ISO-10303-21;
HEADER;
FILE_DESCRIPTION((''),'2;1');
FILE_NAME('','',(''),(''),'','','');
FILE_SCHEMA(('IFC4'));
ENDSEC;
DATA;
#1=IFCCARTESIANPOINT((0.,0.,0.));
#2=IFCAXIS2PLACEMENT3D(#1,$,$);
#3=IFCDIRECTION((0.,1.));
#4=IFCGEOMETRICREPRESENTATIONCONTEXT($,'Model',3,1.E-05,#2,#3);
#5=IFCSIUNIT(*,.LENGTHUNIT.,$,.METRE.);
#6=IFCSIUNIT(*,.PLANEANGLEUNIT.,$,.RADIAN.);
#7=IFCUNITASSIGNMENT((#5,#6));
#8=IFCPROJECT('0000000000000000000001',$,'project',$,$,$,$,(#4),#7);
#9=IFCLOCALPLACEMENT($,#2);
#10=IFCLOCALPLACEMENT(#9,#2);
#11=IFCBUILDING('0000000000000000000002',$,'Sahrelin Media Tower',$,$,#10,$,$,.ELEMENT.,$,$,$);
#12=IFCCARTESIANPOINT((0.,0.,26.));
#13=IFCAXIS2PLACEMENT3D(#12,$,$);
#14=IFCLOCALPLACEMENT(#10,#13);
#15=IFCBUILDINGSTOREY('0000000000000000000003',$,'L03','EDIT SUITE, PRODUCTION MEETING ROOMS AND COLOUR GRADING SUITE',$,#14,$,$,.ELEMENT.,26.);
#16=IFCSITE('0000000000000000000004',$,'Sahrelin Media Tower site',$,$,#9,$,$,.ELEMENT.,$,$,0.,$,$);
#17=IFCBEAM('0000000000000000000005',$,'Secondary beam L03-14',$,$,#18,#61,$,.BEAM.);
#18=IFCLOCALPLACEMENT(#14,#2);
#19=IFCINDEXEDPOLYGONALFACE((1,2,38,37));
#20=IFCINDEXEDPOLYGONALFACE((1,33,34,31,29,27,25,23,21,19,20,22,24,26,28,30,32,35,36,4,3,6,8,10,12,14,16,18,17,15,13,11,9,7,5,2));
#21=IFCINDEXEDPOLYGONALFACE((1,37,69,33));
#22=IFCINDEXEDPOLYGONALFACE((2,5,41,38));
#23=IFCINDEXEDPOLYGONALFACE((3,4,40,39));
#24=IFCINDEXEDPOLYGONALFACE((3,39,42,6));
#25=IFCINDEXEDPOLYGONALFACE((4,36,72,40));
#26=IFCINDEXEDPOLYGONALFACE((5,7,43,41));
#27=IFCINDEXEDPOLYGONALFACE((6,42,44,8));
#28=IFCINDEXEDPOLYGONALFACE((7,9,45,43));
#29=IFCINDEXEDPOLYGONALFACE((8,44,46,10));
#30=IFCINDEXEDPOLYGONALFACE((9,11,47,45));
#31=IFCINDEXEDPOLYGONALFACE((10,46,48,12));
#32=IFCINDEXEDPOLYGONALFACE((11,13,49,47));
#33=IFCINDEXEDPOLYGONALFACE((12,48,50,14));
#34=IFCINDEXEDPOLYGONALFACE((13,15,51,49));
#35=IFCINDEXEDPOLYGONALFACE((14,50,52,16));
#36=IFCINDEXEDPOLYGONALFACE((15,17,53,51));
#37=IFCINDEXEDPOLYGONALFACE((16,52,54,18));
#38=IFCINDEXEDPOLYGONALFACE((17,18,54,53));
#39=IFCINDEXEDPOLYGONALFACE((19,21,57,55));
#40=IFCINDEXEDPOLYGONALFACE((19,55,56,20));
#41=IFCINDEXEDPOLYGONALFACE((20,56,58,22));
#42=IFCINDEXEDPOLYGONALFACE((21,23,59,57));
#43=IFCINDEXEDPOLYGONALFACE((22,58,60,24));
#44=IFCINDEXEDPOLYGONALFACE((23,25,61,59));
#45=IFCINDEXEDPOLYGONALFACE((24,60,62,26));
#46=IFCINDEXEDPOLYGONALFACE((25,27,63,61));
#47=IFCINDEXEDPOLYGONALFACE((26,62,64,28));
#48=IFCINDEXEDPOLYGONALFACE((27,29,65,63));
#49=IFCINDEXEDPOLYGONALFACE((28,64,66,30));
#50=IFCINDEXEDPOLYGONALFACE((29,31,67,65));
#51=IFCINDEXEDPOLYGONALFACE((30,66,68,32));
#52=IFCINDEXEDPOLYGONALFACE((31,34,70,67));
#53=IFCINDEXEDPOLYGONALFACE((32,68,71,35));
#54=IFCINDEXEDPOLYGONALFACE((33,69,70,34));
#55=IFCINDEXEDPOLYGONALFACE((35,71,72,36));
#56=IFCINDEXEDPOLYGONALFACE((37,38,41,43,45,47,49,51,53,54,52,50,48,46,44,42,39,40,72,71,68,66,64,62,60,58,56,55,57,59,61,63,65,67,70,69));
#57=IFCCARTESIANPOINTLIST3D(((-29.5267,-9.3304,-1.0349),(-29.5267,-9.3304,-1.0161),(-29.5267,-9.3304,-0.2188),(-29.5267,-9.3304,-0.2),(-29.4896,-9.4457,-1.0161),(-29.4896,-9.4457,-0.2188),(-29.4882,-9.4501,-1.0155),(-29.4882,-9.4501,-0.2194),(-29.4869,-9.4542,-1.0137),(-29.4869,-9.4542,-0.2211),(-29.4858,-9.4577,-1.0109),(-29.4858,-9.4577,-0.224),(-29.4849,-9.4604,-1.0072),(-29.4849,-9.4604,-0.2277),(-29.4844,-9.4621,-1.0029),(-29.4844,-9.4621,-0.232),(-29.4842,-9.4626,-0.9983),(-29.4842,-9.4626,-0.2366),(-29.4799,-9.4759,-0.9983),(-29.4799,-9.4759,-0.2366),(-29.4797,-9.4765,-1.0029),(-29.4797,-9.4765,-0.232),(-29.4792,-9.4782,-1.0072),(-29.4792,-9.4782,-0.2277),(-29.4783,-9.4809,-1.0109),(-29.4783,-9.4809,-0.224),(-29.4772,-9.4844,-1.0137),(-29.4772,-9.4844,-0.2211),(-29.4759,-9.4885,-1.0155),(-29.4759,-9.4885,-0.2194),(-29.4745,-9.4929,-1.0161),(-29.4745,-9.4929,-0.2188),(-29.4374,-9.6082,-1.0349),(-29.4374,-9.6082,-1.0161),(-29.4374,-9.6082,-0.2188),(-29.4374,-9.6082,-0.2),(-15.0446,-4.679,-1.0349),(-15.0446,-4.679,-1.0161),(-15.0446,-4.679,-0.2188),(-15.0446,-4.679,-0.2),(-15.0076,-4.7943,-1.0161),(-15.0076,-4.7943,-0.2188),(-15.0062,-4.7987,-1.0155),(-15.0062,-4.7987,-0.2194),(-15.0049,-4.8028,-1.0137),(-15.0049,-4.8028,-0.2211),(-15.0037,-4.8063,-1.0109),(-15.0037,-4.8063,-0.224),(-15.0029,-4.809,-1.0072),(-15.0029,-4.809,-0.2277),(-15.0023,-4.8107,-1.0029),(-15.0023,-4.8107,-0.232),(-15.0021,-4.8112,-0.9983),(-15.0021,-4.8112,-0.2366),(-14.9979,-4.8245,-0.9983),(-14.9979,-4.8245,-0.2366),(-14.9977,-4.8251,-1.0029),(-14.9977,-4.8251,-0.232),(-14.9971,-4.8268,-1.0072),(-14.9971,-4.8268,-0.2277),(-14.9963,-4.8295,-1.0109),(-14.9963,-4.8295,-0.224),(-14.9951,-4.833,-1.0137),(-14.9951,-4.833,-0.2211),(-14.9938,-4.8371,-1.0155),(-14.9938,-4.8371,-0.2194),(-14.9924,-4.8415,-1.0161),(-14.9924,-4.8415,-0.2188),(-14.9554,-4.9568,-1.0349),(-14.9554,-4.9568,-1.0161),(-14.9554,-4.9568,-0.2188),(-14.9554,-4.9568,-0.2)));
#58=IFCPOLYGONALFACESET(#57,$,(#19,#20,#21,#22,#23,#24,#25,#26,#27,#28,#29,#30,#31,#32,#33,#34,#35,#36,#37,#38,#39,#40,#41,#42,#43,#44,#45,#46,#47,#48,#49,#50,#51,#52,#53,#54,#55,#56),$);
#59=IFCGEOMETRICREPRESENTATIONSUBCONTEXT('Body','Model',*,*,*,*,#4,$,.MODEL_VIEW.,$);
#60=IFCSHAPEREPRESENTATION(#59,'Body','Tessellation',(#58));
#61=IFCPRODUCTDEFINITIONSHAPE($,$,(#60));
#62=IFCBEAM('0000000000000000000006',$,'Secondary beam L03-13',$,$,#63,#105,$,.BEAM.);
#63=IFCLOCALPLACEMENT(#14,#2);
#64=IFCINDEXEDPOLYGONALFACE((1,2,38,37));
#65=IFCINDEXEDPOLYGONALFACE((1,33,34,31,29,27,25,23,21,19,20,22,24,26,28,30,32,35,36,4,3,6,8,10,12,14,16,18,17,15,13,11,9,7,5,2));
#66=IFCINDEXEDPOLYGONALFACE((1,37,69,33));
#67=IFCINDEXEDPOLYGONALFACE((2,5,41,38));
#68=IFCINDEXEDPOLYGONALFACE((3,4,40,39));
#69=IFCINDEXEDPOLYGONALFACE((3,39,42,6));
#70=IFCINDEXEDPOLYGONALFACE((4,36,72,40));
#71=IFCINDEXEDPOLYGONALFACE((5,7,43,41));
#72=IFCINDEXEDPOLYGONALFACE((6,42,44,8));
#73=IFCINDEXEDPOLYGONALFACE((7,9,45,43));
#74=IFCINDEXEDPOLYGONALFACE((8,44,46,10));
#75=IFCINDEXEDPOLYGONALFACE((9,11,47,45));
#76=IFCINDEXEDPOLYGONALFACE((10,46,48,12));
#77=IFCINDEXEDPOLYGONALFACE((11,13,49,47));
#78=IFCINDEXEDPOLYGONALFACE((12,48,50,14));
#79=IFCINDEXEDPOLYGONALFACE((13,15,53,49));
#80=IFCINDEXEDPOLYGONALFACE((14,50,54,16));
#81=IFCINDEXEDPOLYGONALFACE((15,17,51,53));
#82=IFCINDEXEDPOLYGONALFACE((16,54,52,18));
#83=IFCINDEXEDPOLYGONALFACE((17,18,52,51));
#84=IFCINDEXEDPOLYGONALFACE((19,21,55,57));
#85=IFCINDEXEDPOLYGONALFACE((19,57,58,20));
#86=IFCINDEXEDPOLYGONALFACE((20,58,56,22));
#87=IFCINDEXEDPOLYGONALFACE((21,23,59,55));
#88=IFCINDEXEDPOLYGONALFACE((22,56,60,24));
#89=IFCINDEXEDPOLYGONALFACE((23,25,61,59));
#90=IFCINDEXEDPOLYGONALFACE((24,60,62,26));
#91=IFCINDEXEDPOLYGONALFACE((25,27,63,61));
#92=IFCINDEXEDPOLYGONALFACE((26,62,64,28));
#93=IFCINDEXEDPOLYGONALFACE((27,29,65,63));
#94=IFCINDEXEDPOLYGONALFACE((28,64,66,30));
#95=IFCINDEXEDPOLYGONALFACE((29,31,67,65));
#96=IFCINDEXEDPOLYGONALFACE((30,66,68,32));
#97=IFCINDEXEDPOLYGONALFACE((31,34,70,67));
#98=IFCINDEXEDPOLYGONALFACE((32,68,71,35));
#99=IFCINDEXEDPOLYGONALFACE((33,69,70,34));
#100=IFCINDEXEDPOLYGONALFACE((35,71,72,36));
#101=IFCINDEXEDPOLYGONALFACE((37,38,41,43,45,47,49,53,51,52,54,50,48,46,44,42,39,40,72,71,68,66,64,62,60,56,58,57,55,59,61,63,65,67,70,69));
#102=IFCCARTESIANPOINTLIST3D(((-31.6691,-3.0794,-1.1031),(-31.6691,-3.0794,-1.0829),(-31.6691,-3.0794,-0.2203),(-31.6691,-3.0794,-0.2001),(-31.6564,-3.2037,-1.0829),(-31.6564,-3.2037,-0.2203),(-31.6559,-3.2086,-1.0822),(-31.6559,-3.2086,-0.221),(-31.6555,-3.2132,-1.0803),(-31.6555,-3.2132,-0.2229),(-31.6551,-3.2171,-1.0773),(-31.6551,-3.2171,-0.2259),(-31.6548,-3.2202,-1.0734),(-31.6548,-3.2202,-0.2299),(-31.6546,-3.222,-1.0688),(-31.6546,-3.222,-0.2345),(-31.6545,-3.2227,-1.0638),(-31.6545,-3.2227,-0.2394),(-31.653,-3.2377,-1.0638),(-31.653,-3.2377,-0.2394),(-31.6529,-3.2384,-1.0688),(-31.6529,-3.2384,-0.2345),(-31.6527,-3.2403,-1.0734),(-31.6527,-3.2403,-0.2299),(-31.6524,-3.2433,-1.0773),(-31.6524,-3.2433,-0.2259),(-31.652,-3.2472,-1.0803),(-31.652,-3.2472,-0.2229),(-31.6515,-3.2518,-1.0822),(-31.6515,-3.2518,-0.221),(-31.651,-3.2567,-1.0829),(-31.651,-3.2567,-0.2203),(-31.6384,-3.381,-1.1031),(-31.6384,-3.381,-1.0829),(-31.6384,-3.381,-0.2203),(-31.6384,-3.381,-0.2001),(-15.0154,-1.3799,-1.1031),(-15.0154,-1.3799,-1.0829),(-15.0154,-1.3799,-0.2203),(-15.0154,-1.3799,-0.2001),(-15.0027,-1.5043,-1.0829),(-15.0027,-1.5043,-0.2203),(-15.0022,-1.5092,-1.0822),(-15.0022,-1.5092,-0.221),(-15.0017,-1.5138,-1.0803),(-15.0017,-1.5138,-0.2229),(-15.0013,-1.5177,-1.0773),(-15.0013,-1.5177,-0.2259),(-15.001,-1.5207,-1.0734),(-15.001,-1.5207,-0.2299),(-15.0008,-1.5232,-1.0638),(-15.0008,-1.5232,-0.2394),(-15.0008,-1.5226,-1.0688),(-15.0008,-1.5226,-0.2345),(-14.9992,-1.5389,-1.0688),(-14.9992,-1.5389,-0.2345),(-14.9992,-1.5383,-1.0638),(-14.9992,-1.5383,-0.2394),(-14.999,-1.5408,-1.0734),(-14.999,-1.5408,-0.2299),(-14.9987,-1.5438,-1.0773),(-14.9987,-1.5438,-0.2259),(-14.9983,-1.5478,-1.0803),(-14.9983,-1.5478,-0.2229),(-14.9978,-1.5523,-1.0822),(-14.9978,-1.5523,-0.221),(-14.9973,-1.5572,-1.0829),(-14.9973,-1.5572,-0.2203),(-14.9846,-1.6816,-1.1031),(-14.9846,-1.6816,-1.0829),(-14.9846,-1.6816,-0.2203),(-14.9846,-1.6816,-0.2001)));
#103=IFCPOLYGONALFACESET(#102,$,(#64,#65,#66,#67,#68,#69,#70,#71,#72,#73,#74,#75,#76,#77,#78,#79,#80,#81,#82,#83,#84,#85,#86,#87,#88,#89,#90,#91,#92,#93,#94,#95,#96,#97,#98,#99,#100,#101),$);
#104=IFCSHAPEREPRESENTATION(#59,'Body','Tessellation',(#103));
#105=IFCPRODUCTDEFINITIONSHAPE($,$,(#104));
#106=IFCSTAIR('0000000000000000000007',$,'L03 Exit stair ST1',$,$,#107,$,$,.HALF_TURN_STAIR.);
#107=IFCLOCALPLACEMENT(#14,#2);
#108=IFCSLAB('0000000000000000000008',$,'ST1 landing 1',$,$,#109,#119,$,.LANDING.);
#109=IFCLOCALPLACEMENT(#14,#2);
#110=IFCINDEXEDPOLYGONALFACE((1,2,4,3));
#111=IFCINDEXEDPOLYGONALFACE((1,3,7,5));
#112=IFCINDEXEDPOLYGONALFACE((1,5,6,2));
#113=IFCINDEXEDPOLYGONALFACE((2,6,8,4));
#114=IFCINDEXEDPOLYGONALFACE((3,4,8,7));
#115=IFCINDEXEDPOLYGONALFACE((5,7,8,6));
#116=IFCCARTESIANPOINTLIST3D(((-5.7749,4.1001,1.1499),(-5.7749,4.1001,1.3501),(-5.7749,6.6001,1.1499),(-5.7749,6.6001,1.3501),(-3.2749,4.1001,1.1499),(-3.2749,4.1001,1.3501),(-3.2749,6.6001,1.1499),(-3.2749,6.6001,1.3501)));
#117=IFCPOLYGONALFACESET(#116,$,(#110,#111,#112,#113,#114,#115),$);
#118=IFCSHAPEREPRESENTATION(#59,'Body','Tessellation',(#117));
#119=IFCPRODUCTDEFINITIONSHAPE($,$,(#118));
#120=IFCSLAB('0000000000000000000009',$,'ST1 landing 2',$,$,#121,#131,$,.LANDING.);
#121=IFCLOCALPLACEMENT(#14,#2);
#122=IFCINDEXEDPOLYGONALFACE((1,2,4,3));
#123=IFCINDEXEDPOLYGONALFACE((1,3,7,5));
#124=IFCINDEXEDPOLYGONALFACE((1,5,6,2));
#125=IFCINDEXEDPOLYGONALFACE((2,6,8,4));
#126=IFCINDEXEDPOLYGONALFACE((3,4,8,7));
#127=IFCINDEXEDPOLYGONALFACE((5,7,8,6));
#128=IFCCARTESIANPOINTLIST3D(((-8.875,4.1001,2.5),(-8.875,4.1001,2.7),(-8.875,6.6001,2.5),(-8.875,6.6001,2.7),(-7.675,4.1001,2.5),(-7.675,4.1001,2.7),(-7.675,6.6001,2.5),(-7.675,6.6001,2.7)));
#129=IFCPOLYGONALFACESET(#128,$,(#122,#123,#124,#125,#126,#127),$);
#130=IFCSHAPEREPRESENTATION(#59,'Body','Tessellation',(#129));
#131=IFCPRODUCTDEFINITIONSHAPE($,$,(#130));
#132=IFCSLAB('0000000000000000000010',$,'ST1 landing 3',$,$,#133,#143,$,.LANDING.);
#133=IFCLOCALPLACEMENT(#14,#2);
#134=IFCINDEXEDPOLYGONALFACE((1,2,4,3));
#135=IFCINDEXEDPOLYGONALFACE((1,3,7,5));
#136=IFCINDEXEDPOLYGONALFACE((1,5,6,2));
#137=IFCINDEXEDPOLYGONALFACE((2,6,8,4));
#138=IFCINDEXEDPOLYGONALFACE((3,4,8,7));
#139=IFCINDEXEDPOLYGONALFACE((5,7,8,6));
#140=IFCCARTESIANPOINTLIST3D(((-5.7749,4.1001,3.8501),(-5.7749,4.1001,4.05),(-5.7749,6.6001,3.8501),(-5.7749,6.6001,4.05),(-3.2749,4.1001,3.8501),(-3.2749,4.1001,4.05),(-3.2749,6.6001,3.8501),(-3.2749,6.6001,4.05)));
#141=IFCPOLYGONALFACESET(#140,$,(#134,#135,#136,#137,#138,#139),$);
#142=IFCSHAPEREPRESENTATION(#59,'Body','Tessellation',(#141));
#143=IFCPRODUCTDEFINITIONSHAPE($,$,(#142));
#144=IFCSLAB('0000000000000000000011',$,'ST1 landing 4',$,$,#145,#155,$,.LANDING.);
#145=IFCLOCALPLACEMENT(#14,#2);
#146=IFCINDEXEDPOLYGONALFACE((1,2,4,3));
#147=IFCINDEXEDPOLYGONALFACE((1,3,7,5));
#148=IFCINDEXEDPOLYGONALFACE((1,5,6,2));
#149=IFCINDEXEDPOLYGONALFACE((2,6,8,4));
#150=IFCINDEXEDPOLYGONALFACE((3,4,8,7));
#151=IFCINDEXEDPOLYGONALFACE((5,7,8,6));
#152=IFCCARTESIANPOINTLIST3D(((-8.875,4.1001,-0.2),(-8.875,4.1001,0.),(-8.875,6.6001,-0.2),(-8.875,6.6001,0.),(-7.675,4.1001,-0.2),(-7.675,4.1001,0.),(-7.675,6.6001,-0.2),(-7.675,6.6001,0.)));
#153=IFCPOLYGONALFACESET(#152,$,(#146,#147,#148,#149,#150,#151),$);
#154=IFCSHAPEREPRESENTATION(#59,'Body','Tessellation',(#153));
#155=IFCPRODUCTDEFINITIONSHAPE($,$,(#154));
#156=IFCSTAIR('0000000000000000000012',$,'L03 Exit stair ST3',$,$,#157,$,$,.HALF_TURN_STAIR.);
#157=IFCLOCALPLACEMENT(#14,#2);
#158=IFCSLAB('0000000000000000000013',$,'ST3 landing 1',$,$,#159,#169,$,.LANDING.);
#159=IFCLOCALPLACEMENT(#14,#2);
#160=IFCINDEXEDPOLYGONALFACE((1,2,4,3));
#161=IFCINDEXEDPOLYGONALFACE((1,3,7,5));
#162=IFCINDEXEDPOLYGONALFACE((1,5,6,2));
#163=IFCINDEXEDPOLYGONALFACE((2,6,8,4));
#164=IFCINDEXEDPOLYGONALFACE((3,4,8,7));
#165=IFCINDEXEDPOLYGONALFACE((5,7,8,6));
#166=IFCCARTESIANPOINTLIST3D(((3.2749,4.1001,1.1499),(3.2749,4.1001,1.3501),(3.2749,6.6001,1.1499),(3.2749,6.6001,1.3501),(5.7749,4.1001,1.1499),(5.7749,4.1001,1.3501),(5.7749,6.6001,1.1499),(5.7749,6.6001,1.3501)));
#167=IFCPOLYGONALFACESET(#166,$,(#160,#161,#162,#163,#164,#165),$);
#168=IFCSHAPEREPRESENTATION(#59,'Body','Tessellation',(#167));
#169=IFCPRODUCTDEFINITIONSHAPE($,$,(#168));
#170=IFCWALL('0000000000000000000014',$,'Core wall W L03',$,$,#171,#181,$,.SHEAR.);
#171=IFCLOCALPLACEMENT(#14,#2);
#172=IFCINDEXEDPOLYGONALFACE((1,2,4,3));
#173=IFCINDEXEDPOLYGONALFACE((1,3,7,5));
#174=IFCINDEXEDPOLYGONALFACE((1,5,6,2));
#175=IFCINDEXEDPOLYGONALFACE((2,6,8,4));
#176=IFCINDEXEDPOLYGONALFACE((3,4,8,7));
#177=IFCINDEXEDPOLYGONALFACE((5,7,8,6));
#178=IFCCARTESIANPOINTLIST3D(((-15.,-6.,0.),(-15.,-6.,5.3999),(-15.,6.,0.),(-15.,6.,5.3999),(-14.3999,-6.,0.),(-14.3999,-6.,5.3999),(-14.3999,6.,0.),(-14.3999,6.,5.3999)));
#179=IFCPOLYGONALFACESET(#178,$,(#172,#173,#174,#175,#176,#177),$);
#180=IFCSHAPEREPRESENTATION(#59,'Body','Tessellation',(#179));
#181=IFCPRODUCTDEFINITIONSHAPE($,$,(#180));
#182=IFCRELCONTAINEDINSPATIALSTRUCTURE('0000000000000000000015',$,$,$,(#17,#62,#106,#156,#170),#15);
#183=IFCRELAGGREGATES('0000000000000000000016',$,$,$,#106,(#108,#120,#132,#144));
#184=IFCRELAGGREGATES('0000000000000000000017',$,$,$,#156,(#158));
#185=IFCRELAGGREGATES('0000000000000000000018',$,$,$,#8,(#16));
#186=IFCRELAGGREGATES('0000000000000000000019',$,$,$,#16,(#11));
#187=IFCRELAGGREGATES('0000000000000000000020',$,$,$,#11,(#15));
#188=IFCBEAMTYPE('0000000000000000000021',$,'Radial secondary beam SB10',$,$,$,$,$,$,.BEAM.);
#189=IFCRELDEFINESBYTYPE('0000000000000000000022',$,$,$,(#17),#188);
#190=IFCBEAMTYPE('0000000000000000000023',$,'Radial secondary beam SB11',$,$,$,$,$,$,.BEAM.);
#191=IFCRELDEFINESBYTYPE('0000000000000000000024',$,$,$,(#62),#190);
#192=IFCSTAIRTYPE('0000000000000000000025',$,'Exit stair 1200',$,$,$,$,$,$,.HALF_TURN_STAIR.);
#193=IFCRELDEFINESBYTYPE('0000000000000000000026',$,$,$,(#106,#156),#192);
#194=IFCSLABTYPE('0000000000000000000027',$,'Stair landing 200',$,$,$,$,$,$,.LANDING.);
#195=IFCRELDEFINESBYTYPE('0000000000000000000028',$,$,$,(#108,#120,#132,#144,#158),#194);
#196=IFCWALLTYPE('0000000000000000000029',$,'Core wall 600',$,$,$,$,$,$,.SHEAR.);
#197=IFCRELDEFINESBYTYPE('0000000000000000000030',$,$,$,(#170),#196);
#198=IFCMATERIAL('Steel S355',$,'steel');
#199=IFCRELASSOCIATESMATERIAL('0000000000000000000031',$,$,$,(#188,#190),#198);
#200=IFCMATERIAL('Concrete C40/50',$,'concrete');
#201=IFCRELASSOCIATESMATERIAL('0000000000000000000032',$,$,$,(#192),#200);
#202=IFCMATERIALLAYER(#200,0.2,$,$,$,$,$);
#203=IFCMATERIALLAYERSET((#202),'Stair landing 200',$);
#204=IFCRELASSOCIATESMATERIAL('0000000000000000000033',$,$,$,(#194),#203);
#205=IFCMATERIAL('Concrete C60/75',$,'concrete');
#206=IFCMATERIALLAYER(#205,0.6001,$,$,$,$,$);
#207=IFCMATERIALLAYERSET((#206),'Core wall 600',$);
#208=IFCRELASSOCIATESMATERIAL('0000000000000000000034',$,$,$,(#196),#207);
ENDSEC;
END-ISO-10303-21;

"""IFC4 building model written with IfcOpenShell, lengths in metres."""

from ifc_helpers import new_model, si_unit, direction, frame, frame_2d, origin, origin_2d, place, context, subcontext, project, spatial, polyline, rectangle, i_section, outline, extrude, material, layer, layer_set, material_profile, profile_set, type_object, element, aggregate, save


model = new_model("IFC4")

# Units and contexts
model_context = context("Model", 3, precision=1e-05, world=origin(), true_north=direction((0.0, 1.0)))
body_context = subcontext(model_context, "Body", "Model", "MODEL_VIEW")
ifc_project = project(units=[si_unit("LENGTHUNIT", "METRE"), si_unit("PLANEANGLEUNIT", "RADIAN")], contexts=[model_context])

# Site, building, storey
site_placement = place(None, origin())
site = spatial("IfcSite", under=ifc_project, at=site_placement, Name="Sahrelin Media Tower site", CompositionType="ELEMENT", RefElevation=0.0)
building_placement = place(site_placement, origin())
building = spatial("IfcBuilding", under=site, at=building_placement, Name="Sahrelin Media Tower", CompositionType="ELEMENT")
storey_placement = place(building_placement, frame((0.0, 0.0, 26.0)))
storey = spatial("IfcBuildingStorey", under=building, at=storey_placement, Name="L03", Description="EDIT SUITE, PRODUCTION MEETING ROOMS AND COLOUR GRADING SUITE", CompositionType="ELEMENT", Elevation=26.0)

# Beams
ifc_material_1 = material(Name="Steel S355", Category="steel")
ifc_material_profile_1 = material_profile(ifc_material_1, i_section(OverallWidth=0.2917, OverallDepth=0.835, WebThickness=0.0139, FlangeThickness=0.0188, FilletRadius=0.0178, at=origin_2d()), Name="UB 838x292x176")
ifc_profile_set_1 = profile_set([ifc_material_profile_1], Name="Steel S355")
beam_type_1 = type_object("IfcBeamType", Name="Radial secondary beam SB10", PredefinedType="BEAM", material=ifc_profile_set_1)
beam_1_placement = place(storey_placement, frame((-15.0, -4.8179, -0.6174), z_axis=(-0.952096, -0.305798, 0.0), x_axis=(0.305798, -0.952096, 0.0)))
element("IfcBeam", 1, at=beam_1_placement, inside=storey, type_object=beam_type_1, Name="Secondary beam L03-14", PredefinedType="BEAM", context=body_context, shape_type="SweptSolid", body=[
    extrude(i_section(OverallWidth=0.2917, OverallDepth=0.835, WebThickness=0.0139, FlangeThickness=0.0188, FilletRadius=0.0178, at=origin_2d()), origin(), (0.0, 0.0, 1.0), 15.2107),
])
ifc_material_profile_2 = material_profile(ifc_material_1, i_section(OverallWidth=0.3032, OverallDepth=0.9031, WebThickness=0.0151, FlangeThickness=0.0203, FilletRadius=0.019, at=origin_2d()), Name="UB 914x305x201")
ifc_profile_set_2 = profile_set([ifc_material_profile_2], Name="Steel S355")
beam_type_2 = type_object("IfcBeamType", Name="Radial secondary beam SB11", PredefinedType="BEAM", material=ifc_profile_set_2)
beam_2_placement = place(storey_placement, frame((-15.0, -1.5308, -0.6516), z_axis=(-0.994834, -0.101519, 0.0), x_axis=(0.101519, -0.994834, 0.0)))
element("IfcBeam", 2, at=beam_2_placement, inside=storey, type_object=beam_type_2, Name="Secondary beam L03-13", PredefinedType="BEAM", context=body_context, shape_type="SweptSolid", body=[
    extrude(i_section(OverallWidth=0.3032, OverallDepth=0.9031, WebThickness=0.0151, FlangeThickness=0.0203, FilletRadius=0.019, at=origin_2d()), origin(), (0.0, 0.0, 1.0), 16.7402),
])

# Shared definitions
ifc_material_2 = material(Name="Concrete C40/50", Category="concrete")
placement_1 = place(storey_placement, frame((0.0, 0.0, -0.2)))

# Stair, slabs
stair_type = type_object("IfcStairType", Name="Exit stair 1200", PredefinedType="HALF_TURN_STAIR", material=ifc_material_2)
placement_2 = place(storey_placement, origin())
stair_1 = element("IfcStair", 3, at=placement_2, inside=storey, type_object=stair_type, Name="L03 Exit stair ST1", PredefinedType="HALF_TURN_STAIR")
ifc_layer_1 = layer(ifc_material_2, 0.2)
ifc_layer_set_1 = layer_set([ifc_layer_1], Name="Stair landing 200")
slab_type_1 = type_object("IfcSlabType", Name="Stair landing 200", PredefinedType="LANDING", material=ifc_layer_set_1)
placement_3 = place(storey_placement, frame((0.0, 0.0, 1.1499)))
slab_1 = element("IfcSlab", 4, at=placement_3, type_object=slab_type_1, Name="ST1 landing 1", PredefinedType="LANDING", context=body_context, shape_type="SweptSolid", body=[
    extrude(outline(polyline([(-5.7749, 4.1001), (-3.2749, 4.1001), (-3.2749, 6.6001), (-5.7749, 6.6001), (-5.7749, 4.1001)])), origin(), (0.0, 0.0, 1.0), 0.2002),
])
slab_2_placement = place(storey_placement, frame((0.0, 0.0, 2.5)))
slab_2 = element("IfcSlab", 5, at=slab_2_placement, type_object=slab_type_1, Name="ST1 landing 2", PredefinedType="LANDING", context=body_context, shape_type="SweptSolid", body=[
    extrude(outline(polyline([(-8.875, 4.1001), (-7.675, 4.1001), (-7.675, 6.6001), (-8.875, 6.6001), (-8.875, 4.1001)])), origin(), (0.0, 0.0, 1.0), 0.2),
])
slab_3_placement = place(storey_placement, frame((0.0, 0.0, 3.8501)))
slab_3 = element("IfcSlab", 6, at=slab_3_placement, type_object=slab_type_1, Name="ST1 landing 3", PredefinedType="LANDING", context=body_context, shape_type="SweptSolid", body=[
    extrude(outline(polyline([(-5.7749, 4.1001), (-3.2749, 4.1001), (-3.2749, 6.6001), (-5.7749, 6.6001), (-5.7749, 4.1001)])), origin(), (0.0, 0.0, 1.0), 0.2),
])
slab_4 = element("IfcSlab", 7, at=placement_1, type_object=slab_type_1, Name="ST1 landing 4", PredefinedType="LANDING", context=body_context, shape_type="SweptSolid", body=[
    extrude(outline(polyline([(-8.875, 4.1001), (-7.675, 4.1001), (-7.675, 6.6001), (-8.875, 6.6001), (-8.875, 4.1001)])), origin(), (0.0, 0.0, 1.0), 0.2),
])
aggregate(stair_1, [slab_1, slab_2, slab_3, slab_4])

# Stair, slab
stair_2 = element("IfcStair", 8, at=placement_2, inside=storey, type_object=stair_type, Name="L03 Exit stair ST3", PredefinedType="HALF_TURN_STAIR")
slab_5 = element("IfcSlab", 9, at=placement_3, type_object=slab_type_1, Name="ST3 landing 1", PredefinedType="LANDING", context=body_context, shape_type="SweptSolid", body=[
    extrude(outline(polyline([(5.7749, 6.6001), (3.2749, 6.6001), (3.2749, 4.1001), (5.7749, 4.1001), (5.7749, 6.6001)])), origin(), (0.0, 0.0, 1.0), 0.2002),
])
aggregate(stair_2, [slab_5])

# Wall
ifc_material_3 = material(Name="Concrete C60/75", Category="concrete")
ifc_layer_2 = layer(ifc_material_3, 0.6001)
ifc_layer_set_2 = layer_set([ifc_layer_2], Name="Core wall 600")
wall_type_1 = type_object("IfcWallType", Name="Core wall 600", PredefinedType="SHEAR", material=ifc_layer_set_2)
wall_1_placement = place(storey_placement, frame((-14.7, -6.0, 0.0), z_axis=(0.0, 0.0, 1.0), x_axis=(0.0, 1.0, 0.0)))
element("IfcWall", 10, at=wall_1_placement, inside=storey, type_object=wall_type_1, Name="Core wall W L03", PredefinedType="SHEAR", context=body_context, shape_type="SweptSolid", body=[
    extrude(rectangle(XDim=12.0, YDim=0.6001, at=frame_2d((6.0, 0.0))), origin(), (0.0, 0.0, 1.0), 5.3999),
])

save(model, "model.ifc")
